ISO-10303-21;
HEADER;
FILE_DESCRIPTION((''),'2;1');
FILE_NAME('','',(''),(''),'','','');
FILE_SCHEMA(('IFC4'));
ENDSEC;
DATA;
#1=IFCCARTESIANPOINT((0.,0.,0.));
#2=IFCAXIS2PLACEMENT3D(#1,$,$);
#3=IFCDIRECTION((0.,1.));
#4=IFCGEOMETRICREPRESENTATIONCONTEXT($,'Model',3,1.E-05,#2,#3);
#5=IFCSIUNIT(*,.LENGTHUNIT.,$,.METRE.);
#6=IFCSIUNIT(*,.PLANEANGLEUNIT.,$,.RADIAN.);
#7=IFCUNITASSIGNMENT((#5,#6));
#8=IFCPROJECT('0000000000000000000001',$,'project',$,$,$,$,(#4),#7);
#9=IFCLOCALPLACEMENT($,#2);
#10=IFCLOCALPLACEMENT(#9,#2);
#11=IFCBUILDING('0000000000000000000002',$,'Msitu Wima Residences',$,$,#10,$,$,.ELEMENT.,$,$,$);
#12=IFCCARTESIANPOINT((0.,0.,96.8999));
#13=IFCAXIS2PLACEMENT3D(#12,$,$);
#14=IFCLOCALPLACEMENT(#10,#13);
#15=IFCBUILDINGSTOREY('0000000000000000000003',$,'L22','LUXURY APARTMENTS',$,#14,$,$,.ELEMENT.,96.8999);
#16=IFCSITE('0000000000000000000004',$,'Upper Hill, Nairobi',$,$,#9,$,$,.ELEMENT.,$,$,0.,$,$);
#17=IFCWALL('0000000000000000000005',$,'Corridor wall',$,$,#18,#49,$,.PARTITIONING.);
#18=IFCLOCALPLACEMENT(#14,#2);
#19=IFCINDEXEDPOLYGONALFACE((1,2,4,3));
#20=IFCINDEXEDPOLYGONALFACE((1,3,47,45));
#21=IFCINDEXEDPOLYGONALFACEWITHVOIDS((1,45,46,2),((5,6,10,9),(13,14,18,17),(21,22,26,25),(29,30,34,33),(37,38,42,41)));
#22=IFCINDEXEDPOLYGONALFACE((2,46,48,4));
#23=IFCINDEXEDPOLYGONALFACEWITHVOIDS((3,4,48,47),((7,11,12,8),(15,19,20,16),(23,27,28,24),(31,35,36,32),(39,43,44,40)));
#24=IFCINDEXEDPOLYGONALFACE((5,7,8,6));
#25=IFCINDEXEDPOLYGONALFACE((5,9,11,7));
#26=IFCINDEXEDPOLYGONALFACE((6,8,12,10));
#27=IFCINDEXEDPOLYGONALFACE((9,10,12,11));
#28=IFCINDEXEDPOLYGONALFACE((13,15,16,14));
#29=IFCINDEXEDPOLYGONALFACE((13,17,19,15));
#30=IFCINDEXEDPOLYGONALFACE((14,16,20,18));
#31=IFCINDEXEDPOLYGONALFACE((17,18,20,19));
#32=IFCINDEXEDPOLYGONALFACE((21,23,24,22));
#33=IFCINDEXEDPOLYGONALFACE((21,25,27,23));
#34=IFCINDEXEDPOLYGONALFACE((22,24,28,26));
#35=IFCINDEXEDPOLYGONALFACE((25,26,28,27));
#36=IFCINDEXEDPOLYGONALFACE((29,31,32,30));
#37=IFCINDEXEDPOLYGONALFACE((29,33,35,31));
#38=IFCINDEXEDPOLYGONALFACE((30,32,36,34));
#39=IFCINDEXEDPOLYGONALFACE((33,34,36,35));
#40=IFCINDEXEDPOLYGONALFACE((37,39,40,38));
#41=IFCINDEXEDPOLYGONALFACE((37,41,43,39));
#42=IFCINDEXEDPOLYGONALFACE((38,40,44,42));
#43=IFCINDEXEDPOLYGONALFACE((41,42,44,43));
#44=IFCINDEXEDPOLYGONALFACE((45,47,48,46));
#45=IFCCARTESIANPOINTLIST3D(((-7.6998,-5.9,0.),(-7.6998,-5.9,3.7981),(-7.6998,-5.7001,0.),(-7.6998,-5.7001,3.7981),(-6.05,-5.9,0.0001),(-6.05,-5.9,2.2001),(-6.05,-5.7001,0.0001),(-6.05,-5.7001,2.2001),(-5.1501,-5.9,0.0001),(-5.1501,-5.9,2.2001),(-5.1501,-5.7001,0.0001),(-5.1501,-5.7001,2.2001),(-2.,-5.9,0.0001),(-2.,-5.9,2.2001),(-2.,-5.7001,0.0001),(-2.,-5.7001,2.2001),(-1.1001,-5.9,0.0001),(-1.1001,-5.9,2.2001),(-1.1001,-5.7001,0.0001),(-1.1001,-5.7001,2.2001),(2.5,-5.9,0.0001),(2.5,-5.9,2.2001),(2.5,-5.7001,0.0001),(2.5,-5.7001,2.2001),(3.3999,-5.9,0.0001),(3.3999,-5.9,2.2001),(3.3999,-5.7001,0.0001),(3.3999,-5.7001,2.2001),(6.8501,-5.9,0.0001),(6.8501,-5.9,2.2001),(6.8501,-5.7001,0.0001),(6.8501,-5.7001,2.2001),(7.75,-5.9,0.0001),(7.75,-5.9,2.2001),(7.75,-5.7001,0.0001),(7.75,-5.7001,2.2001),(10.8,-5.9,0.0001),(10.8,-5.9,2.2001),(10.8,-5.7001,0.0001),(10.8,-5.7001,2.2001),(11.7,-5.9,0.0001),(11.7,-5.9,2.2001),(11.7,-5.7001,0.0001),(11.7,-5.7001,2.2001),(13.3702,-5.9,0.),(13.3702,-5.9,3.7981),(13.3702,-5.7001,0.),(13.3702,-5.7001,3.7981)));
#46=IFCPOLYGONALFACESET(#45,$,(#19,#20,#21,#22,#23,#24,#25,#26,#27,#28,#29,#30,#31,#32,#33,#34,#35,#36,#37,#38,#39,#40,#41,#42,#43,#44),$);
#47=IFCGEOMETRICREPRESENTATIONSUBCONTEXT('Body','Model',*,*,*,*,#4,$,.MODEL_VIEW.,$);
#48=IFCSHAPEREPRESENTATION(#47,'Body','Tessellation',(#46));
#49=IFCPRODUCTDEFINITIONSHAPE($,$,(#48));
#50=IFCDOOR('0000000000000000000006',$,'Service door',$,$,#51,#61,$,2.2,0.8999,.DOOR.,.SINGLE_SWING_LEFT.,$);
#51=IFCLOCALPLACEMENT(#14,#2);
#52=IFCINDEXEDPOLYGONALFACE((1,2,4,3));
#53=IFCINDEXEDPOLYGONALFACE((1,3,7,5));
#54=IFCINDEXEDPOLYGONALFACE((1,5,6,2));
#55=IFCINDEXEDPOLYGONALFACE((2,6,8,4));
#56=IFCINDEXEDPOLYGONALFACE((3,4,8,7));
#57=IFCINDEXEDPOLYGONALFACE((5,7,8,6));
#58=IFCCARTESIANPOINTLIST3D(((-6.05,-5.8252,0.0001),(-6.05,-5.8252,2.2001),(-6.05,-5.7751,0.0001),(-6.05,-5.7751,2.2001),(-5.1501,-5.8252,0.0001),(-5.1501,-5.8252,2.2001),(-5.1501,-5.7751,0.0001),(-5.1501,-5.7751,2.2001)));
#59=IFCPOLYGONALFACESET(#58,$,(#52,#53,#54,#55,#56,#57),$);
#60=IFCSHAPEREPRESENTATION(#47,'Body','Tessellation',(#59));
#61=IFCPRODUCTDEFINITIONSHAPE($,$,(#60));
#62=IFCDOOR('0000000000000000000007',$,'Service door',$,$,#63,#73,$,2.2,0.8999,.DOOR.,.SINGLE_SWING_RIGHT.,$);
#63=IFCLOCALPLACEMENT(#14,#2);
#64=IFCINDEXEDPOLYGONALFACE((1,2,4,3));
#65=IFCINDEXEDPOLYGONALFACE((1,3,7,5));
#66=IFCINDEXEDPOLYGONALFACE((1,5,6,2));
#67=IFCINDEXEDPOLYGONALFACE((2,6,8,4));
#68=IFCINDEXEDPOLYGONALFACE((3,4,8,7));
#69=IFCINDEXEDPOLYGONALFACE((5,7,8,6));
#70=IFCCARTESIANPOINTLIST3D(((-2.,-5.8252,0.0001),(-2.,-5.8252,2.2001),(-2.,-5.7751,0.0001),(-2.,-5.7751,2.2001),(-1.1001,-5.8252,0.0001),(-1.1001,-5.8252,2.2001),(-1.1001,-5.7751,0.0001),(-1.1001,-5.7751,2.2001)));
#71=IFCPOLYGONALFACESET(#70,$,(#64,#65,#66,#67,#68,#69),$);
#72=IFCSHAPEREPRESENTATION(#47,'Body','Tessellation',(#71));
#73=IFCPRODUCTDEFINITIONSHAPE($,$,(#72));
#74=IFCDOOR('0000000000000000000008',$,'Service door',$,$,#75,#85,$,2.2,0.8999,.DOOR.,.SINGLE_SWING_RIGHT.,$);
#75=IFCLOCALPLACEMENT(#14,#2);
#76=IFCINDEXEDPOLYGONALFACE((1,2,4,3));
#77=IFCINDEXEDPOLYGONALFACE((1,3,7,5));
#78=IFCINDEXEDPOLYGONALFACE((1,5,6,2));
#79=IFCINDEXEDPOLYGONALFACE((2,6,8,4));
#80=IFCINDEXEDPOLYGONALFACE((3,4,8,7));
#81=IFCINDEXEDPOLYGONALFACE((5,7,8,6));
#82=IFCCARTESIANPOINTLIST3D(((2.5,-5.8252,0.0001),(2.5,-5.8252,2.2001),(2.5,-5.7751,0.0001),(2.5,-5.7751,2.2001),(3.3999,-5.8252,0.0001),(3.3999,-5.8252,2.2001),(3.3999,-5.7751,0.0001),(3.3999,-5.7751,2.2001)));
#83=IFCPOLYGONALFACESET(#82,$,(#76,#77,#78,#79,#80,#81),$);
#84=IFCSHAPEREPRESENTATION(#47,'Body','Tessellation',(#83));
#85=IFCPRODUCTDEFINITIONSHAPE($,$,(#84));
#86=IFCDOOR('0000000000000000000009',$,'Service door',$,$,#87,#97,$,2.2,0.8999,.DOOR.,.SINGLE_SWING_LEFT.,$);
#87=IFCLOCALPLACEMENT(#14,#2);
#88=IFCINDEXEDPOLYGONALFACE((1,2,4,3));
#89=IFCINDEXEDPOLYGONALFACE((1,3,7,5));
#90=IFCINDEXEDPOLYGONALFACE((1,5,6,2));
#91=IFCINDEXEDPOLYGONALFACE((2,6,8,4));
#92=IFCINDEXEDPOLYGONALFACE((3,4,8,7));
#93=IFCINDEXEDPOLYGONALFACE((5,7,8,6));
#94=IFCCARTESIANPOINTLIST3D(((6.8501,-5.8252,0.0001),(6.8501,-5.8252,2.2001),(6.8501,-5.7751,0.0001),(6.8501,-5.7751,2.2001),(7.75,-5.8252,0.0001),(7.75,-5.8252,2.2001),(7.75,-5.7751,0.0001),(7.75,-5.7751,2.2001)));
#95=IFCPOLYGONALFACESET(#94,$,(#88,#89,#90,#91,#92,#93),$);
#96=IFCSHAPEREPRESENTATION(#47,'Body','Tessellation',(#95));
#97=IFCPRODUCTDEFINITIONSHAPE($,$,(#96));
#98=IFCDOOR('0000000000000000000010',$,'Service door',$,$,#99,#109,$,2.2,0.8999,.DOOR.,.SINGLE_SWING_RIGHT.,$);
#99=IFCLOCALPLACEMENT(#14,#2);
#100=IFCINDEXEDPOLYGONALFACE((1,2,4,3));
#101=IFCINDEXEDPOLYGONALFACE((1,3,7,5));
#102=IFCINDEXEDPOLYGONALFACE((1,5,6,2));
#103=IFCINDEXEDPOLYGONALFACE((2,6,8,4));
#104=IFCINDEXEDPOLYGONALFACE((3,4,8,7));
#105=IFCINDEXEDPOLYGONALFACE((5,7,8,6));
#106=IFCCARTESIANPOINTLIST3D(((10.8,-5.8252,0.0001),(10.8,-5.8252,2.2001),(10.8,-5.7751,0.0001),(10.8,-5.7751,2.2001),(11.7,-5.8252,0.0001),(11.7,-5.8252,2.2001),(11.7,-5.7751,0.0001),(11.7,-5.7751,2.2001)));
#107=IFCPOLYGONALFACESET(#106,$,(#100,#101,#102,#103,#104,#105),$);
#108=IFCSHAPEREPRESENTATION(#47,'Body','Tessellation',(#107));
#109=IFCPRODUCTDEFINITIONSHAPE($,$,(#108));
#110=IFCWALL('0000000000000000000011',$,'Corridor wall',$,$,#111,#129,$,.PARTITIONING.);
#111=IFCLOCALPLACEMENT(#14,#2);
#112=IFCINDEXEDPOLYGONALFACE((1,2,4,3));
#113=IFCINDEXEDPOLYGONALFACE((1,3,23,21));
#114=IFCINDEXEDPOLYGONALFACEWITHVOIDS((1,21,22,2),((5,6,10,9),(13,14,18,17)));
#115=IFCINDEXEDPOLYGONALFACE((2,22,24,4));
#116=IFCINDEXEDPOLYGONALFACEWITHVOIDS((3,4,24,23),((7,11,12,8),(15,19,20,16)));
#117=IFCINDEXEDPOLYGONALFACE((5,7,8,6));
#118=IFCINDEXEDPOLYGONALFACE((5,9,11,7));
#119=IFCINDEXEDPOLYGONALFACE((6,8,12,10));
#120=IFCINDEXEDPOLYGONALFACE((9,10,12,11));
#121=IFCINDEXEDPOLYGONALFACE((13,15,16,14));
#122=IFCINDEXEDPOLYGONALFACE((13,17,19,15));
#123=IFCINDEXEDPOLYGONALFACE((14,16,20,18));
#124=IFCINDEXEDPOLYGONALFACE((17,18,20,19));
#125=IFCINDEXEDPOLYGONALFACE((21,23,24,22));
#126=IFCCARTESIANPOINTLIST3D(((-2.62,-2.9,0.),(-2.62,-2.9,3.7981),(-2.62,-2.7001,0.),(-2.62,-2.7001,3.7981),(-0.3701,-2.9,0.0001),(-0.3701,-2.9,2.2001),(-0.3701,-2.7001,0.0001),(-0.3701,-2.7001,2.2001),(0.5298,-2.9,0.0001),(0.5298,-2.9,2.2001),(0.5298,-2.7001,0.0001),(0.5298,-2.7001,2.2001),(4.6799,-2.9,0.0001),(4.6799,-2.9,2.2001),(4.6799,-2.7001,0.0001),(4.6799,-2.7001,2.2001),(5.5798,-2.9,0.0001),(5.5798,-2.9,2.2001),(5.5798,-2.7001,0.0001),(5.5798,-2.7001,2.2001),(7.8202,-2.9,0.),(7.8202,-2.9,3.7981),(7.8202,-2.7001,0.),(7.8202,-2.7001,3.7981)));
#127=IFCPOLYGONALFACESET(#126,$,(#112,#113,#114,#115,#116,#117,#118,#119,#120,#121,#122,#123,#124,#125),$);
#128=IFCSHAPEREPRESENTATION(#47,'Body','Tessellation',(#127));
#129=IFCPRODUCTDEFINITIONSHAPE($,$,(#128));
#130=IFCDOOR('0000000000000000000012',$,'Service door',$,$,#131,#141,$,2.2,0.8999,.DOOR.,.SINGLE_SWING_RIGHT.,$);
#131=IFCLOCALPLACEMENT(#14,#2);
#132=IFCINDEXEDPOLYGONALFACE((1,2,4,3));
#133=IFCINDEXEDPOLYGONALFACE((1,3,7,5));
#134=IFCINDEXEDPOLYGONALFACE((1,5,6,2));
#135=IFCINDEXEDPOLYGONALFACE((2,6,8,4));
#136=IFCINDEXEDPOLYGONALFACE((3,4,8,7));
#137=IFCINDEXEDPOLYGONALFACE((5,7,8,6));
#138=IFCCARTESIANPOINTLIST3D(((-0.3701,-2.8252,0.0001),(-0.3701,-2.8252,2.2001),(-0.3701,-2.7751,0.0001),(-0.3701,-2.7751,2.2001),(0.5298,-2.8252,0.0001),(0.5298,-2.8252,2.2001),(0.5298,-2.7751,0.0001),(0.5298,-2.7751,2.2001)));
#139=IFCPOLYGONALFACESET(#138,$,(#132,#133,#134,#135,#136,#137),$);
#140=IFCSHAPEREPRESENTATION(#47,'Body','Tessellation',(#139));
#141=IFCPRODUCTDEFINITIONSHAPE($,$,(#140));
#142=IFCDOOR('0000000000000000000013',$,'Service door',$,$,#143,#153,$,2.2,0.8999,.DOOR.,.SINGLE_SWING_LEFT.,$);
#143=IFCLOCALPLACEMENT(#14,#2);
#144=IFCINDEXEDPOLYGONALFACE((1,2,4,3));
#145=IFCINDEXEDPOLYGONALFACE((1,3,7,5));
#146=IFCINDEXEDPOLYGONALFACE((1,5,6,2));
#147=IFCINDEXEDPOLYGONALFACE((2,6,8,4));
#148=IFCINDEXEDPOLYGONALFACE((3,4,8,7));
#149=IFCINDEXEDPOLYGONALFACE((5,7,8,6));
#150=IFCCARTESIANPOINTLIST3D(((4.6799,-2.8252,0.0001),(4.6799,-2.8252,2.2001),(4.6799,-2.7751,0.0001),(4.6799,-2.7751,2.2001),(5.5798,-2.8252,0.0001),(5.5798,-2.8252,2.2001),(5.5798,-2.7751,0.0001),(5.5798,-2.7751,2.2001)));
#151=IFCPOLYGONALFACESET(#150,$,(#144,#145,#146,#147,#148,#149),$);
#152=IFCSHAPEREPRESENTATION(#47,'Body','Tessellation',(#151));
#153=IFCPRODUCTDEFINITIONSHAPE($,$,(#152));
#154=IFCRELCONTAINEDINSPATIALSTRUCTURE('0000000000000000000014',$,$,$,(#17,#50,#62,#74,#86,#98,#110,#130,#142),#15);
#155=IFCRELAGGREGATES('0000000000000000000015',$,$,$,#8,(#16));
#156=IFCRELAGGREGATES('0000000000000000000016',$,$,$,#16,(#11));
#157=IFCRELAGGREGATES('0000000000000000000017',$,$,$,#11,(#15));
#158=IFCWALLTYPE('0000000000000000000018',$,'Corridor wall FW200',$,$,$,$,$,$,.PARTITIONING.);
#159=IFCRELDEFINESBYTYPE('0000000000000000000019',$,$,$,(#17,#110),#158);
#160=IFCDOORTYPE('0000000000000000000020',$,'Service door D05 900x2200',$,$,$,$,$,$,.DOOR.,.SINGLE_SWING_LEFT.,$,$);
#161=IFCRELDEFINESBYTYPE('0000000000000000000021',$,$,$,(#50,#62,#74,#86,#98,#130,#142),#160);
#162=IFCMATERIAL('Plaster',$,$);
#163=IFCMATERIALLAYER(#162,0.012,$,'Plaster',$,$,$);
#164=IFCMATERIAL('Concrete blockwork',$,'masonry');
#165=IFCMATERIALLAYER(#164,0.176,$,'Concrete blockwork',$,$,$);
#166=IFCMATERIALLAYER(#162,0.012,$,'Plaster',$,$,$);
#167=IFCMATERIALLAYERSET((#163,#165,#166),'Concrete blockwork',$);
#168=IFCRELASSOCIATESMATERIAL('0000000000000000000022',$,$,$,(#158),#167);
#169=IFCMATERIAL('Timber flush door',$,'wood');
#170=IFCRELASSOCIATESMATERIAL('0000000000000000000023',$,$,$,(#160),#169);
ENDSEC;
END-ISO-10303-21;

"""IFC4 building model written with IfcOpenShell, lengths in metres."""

from ifc_helpers import new_model, si_unit, direction, frame, frame_2d, origin, place, context, subcontext, project, spatial, rectangle, extrude, material, layer, layer_set, type_object, element, fill, save


model = new_model("IFC4")

# Units and contexts
model_context = context("Model", 3, precision=1e-05, world=origin(), true_north=direction((0.0, 1.0)))
body_context = subcontext(model_context, "Body", "Model", "MODEL_VIEW")
ifc_project = project(units=[si_unit("LENGTHUNIT", "METRE"), si_unit("PLANEANGLEUNIT", "RADIAN")], contexts=[model_context])

# Site, building, storey
site_placement = place(None, origin())
site = spatial("IfcSite", under=ifc_project, at=site_placement, Name="Upper Hill, Nairobi", CompositionType="ELEMENT", RefElevation=0.0)
building_placement = place(site_placement, origin())
building = spatial("IfcBuilding", under=site, at=building_placement, Name="Msitu Wima Residences", CompositionType="ELEMENT")
storey_placement = place(building_placement, frame((0.0, 0.0, 96.8999)))
storey = spatial("IfcBuildingStorey", under=building, at=storey_placement, Name="L22", Description="LUXURY APARTMENTS", CompositionType="ELEMENT", Elevation=96.8999)

# Walls, openings, doors
ifc_material_1 = material(Name="Plaster")
ifc_layer_1 = layer(ifc_material_1, 0.012, Name="Plaster")
ifc_material_2 = material(Name="Concrete blockwork", Category="masonry")
ifc_layer_2 = layer(ifc_material_2, 0.176, Name="Concrete blockwork")
ifc_layer_3 = layer(ifc_material_1, 0.012, Name="Plaster")
ifc_layer_set_1 = layer_set([ifc_layer_1, ifc_layer_2, ifc_layer_3], Name="Concrete blockwork")
wall_type_1 = type_object("IfcWallType", Name="Corridor wall FW200", PredefinedType="PARTITIONING", material=ifc_layer_set_1)
wall_1_placement = place(storey_placement, frame((-7.7, -5.8, 0.0), z_axis=(0.0, 0.0, 1.0), x_axis=(1.0, 0.0, 0.0)))
wall_1 = element("IfcWall", 1, at=wall_1_placement, inside=storey, type_object=wall_type_1, Name="Corridor wall", PredefinedType="PARTITIONING", context=body_context, shape_type="SweptSolid", body=[
    extrude(rectangle(XDim=21.0701, YDim=0.2, at=frame_2d((10.5352, 0.0))), origin(), (0.0, 0.0, 1.0), 3.7981),
])
opening_1_placement = place(wall_1_placement, frame((1.6499, 0.0, 0.0)))
opening_1 = element("IfcOpeningElement", 2, at=opening_1_placement, cuts=wall_1, PredefinedType="OPENING", context=body_context, shape_type="SweptSolid", body=[
    extrude(rectangle(XDim=0.8999, YDim=2.2, at=frame_2d((0.45, 1.1001))), frame((0.0, 0.1099, 0.0), z_axis=(0.0, -1.0, 0.0), x_axis=(1.0, 0.0, 0.0)), (0.0, 0.0, 1.0), 0.22),
])
opening_2_placement = place(wall_1_placement, frame((5.7, 0.0, 0.0)))
opening_2 = element("IfcOpeningElement", 3, at=opening_2_placement, cuts=wall_1, PredefinedType="OPENING", context=body_context, shape_type="SweptSolid", body=[
    extrude(rectangle(XDim=0.8999, YDim=2.2, at=frame_2d((0.45, 1.1001))), frame((0.0, 0.1099, 0.0), z_axis=(0.0, -1.0, 0.0), x_axis=(1.0, 0.0, 0.0)), (0.0, 0.0, 1.0), 0.22),
])
opening_3_placement = place(wall_1_placement, frame((10.2, 0.0, 0.0)))
opening_3 = element("IfcOpeningElement", 4, at=opening_3_placement, cuts=wall_1, PredefinedType="OPENING", context=body_context, shape_type="SweptSolid", body=[
    extrude(rectangle(XDim=0.8999, YDim=2.2, at=frame_2d((0.45, 1.1001))), frame((0.0, 0.1099, 0.0), z_axis=(0.0, -1.0, 0.0), x_axis=(1.0, 0.0, 0.0)), (0.0, 0.0, 1.0), 0.22),
])
opening_4_placement = place(wall_1_placement, frame((14.55, 0.0, 0.0)))
opening_4 = element("IfcOpeningElement", 5, at=opening_4_placement, cuts=wall_1, PredefinedType="OPENING", context=body_context, shape_type="SweptSolid", body=[
    extrude(rectangle(XDim=0.8999, YDim=2.2, at=frame_2d((0.45, 1.1001))), frame((0.0, 0.1099, 0.0), z_axis=(0.0, -1.0, 0.0), x_axis=(1.0, 0.0, 0.0)), (0.0, 0.0, 1.0), 0.22),
])
opening_5_placement = place(wall_1_placement, frame((18.5, 0.0, 0.0)))
opening_5 = element("IfcOpeningElement", 6, at=opening_5_placement, cuts=wall_1, PredefinedType="OPENING", context=body_context, shape_type="SweptSolid", body=[
    extrude(rectangle(XDim=0.8999, YDim=2.2, at=frame_2d((0.45, 1.1001))), frame((0.0, 0.1099, 0.0), z_axis=(0.0, -1.0, 0.0), x_axis=(1.0, 0.0, 0.0)), (0.0, 0.0, 1.0), 0.22),
])
ifc_material_3 = material(Name="Timber flush door", Category="wood")
door_type_1 = type_object("IfcDoorType", Name="Service door D05 900x2200", OperationType="SINGLE_SWING_LEFT", PredefinedType="DOOR", material=ifc_material_3)
door_1_placement = place(opening_1_placement, origin())
door_1 = element("IfcDoor", 7, at=door_1_placement, inside=storey, type_object=door_type_1, Name="Service door", OperationType="SINGLE_SWING_LEFT", OverallHeight=2.2, OverallWidth=0.8999, PredefinedType="DOOR", context=body_context, shape_type="SweptSolid", body=[
    extrude(rectangle(XDim=0.8999, YDim=2.2, at=frame_2d((0.45, 1.1001))), frame((0.0, 0.0249, 0.0), z_axis=(0.0, -1.0, 0.0), x_axis=(1.0, 0.0, 0.0)), (0.0, 0.0, 1.0), 0.05),
])
fill(opening_1, door_1)
door_2_placement = place(opening_2_placement, origin())
door_2 = element("IfcDoor", 8, at=door_2_placement, inside=storey, type_object=door_type_1, Name="Service door", OperationType="SINGLE_SWING_RIGHT", OverallHeight=2.2, OverallWidth=0.8999, PredefinedType="DOOR", context=body_context, shape_type="SweptSolid", body=[
    extrude(rectangle(XDim=0.8999, YDim=2.2, at=frame_2d((0.45, 1.1001))), frame((0.0, 0.0249, 0.0), z_axis=(0.0, -1.0, 0.0), x_axis=(1.0, 0.0, 0.0)), (0.0, 0.0, 1.0), 0.05),
])
fill(opening_2, door_2)
door_3_placement = place(opening_3_placement, origin())
door_3 = element("IfcDoor", 9, at=door_3_placement, inside=storey, type_object=door_type_1, Name="Service door", OperationType="SINGLE_SWING_RIGHT", OverallHeight=2.2, OverallWidth=0.8999, PredefinedType="DOOR", context=body_context, shape_type="SweptSolid", body=[
    extrude(rectangle(XDim=0.8999, YDim=2.2, at=frame_2d((0.45, 1.1001))), frame((0.0, 0.0249, 0.0), z_axis=(0.0, -1.0, 0.0), x_axis=(1.0, 0.0, 0.0)), (0.0, 0.0, 1.0), 0.05),
])
fill(opening_3, door_3)
door_4_placement = place(opening_4_placement, origin())
door_4 = element("IfcDoor", 10, at=door_4_placement, inside=storey, type_object=door_type_1, Name="Service door", OperationType="SINGLE_SWING_LEFT", OverallHeight=2.2, OverallWidth=0.8999, PredefinedType="DOOR", context=body_context, shape_type="SweptSolid", body=[
    extrude(rectangle(XDim=0.8999, YDim=2.2, at=frame_2d((0.45, 1.1001))), frame((0.0, 0.0249, 0.0), z_axis=(0.0, -1.0, 0.0), x_axis=(1.0, 0.0, 0.0)), (0.0, 0.0, 1.0), 0.05),
])
fill(opening_4, door_4)
door_5_placement = place(opening_5_placement, origin())
door_5 = element("IfcDoor", 11, at=door_5_placement, inside=storey, type_object=door_type_1, Name="Service door", OperationType="SINGLE_SWING_RIGHT", OverallHeight=2.2, OverallWidth=0.8999, PredefinedType="DOOR", context=body_context, shape_type="SweptSolid", body=[
    extrude(rectangle(XDim=0.8999, YDim=2.2, at=frame_2d((0.45, 1.1001))), frame((0.0, 0.0249, 0.0), z_axis=(0.0, -1.0, 0.0), x_axis=(1.0, 0.0, 0.0)), (0.0, 0.0, 1.0), 0.05),
])
fill(opening_5, door_5)
wall_2_placement = place(storey_placement, frame((-2.6201, -2.8, 0.0), z_axis=(0.0, 0.0, 1.0), x_axis=(1.0, 0.0, 0.0)))
wall_2 = element("IfcWall", 12, at=wall_2_placement, inside=storey, type_object=wall_type_1, Name="Corridor wall", PredefinedType="PARTITIONING", context=body_context, shape_type="SweptSolid", body=[
    extrude(rectangle(XDim=10.4402, YDim=0.2, at=frame_2d((5.2202, 0.0))), origin(), (0.0, 0.0, 1.0), 3.7981),
])
opening_6_placement = place(wall_2_placement, frame((2.25, 0.0, 0.0)))
opening_6 = element("IfcOpeningElement", 13, at=opening_6_placement, cuts=wall_2, PredefinedType="OPENING", context=body_context, shape_type="SweptSolid", body=[
    extrude(rectangle(XDim=0.8999, YDim=2.2, at=frame_2d((0.45, 1.1001))), frame((0.0, 0.1099, 0.0), z_axis=(0.0, -1.0, 0.0), x_axis=(1.0, 0.0, 0.0)), (0.0, 0.0, 1.0), 0.22),
])
opening_7_placement = place(wall_2_placement, frame((7.3, 0.0, 0.0)))
opening_7 = element("IfcOpeningElement", 14, at=opening_7_placement, cuts=wall_2, PredefinedType="OPENING", context=body_context, shape_type="SweptSolid", body=[
    extrude(rectangle(XDim=0.8999, YDim=2.2, at=frame_2d((0.45, 1.1001))), frame((0.0, 0.1099, 0.0), z_axis=(0.0, -1.0, 0.0), x_axis=(1.0, 0.0, 0.0)), (0.0, 0.0, 1.0), 0.22),
])
door_6_placement = place(opening_6_placement, origin())
door_6 = element("IfcDoor", 15, at=door_6_placement, inside=storey, type_object=door_type_1, Name="Service door", OperationType="SINGLE_SWING_RIGHT", OverallHeight=2.2, OverallWidth=0.8999, PredefinedType="DOOR", context=body_context, shape_type="SweptSolid", body=[
    extrude(rectangle(XDim=0.8999, YDim=2.2, at=frame_2d((0.45, 1.1001))), frame((0.0, 0.0249, 0.0), z_axis=(0.0, -1.0, 0.0), x_axis=(1.0, 0.0, 0.0)), (0.0, 0.0, 1.0), 0.05),
])
fill(opening_6, door_6)
door_7_placement = place(opening_7_placement, origin())
door_7 = element("IfcDoor", 16, at=door_7_placement, inside=storey, type_object=door_type_1, Name="Service door", OperationType="SINGLE_SWING_LEFT", OverallHeight=2.2, OverallWidth=0.8999, PredefinedType="DOOR", context=body_context, shape_type="SweptSolid", body=[
    extrude(rectangle(XDim=0.8999, YDim=2.2, at=frame_2d((0.45, 1.1001))), frame((0.0, 0.0249, 0.0), z_axis=(0.0, -1.0, 0.0), x_axis=(1.0, 0.0, 0.0)), (0.0, 0.0, 1.0), 0.05),
])
fill(opening_7, door_7)

save(model, "model.ifc")
